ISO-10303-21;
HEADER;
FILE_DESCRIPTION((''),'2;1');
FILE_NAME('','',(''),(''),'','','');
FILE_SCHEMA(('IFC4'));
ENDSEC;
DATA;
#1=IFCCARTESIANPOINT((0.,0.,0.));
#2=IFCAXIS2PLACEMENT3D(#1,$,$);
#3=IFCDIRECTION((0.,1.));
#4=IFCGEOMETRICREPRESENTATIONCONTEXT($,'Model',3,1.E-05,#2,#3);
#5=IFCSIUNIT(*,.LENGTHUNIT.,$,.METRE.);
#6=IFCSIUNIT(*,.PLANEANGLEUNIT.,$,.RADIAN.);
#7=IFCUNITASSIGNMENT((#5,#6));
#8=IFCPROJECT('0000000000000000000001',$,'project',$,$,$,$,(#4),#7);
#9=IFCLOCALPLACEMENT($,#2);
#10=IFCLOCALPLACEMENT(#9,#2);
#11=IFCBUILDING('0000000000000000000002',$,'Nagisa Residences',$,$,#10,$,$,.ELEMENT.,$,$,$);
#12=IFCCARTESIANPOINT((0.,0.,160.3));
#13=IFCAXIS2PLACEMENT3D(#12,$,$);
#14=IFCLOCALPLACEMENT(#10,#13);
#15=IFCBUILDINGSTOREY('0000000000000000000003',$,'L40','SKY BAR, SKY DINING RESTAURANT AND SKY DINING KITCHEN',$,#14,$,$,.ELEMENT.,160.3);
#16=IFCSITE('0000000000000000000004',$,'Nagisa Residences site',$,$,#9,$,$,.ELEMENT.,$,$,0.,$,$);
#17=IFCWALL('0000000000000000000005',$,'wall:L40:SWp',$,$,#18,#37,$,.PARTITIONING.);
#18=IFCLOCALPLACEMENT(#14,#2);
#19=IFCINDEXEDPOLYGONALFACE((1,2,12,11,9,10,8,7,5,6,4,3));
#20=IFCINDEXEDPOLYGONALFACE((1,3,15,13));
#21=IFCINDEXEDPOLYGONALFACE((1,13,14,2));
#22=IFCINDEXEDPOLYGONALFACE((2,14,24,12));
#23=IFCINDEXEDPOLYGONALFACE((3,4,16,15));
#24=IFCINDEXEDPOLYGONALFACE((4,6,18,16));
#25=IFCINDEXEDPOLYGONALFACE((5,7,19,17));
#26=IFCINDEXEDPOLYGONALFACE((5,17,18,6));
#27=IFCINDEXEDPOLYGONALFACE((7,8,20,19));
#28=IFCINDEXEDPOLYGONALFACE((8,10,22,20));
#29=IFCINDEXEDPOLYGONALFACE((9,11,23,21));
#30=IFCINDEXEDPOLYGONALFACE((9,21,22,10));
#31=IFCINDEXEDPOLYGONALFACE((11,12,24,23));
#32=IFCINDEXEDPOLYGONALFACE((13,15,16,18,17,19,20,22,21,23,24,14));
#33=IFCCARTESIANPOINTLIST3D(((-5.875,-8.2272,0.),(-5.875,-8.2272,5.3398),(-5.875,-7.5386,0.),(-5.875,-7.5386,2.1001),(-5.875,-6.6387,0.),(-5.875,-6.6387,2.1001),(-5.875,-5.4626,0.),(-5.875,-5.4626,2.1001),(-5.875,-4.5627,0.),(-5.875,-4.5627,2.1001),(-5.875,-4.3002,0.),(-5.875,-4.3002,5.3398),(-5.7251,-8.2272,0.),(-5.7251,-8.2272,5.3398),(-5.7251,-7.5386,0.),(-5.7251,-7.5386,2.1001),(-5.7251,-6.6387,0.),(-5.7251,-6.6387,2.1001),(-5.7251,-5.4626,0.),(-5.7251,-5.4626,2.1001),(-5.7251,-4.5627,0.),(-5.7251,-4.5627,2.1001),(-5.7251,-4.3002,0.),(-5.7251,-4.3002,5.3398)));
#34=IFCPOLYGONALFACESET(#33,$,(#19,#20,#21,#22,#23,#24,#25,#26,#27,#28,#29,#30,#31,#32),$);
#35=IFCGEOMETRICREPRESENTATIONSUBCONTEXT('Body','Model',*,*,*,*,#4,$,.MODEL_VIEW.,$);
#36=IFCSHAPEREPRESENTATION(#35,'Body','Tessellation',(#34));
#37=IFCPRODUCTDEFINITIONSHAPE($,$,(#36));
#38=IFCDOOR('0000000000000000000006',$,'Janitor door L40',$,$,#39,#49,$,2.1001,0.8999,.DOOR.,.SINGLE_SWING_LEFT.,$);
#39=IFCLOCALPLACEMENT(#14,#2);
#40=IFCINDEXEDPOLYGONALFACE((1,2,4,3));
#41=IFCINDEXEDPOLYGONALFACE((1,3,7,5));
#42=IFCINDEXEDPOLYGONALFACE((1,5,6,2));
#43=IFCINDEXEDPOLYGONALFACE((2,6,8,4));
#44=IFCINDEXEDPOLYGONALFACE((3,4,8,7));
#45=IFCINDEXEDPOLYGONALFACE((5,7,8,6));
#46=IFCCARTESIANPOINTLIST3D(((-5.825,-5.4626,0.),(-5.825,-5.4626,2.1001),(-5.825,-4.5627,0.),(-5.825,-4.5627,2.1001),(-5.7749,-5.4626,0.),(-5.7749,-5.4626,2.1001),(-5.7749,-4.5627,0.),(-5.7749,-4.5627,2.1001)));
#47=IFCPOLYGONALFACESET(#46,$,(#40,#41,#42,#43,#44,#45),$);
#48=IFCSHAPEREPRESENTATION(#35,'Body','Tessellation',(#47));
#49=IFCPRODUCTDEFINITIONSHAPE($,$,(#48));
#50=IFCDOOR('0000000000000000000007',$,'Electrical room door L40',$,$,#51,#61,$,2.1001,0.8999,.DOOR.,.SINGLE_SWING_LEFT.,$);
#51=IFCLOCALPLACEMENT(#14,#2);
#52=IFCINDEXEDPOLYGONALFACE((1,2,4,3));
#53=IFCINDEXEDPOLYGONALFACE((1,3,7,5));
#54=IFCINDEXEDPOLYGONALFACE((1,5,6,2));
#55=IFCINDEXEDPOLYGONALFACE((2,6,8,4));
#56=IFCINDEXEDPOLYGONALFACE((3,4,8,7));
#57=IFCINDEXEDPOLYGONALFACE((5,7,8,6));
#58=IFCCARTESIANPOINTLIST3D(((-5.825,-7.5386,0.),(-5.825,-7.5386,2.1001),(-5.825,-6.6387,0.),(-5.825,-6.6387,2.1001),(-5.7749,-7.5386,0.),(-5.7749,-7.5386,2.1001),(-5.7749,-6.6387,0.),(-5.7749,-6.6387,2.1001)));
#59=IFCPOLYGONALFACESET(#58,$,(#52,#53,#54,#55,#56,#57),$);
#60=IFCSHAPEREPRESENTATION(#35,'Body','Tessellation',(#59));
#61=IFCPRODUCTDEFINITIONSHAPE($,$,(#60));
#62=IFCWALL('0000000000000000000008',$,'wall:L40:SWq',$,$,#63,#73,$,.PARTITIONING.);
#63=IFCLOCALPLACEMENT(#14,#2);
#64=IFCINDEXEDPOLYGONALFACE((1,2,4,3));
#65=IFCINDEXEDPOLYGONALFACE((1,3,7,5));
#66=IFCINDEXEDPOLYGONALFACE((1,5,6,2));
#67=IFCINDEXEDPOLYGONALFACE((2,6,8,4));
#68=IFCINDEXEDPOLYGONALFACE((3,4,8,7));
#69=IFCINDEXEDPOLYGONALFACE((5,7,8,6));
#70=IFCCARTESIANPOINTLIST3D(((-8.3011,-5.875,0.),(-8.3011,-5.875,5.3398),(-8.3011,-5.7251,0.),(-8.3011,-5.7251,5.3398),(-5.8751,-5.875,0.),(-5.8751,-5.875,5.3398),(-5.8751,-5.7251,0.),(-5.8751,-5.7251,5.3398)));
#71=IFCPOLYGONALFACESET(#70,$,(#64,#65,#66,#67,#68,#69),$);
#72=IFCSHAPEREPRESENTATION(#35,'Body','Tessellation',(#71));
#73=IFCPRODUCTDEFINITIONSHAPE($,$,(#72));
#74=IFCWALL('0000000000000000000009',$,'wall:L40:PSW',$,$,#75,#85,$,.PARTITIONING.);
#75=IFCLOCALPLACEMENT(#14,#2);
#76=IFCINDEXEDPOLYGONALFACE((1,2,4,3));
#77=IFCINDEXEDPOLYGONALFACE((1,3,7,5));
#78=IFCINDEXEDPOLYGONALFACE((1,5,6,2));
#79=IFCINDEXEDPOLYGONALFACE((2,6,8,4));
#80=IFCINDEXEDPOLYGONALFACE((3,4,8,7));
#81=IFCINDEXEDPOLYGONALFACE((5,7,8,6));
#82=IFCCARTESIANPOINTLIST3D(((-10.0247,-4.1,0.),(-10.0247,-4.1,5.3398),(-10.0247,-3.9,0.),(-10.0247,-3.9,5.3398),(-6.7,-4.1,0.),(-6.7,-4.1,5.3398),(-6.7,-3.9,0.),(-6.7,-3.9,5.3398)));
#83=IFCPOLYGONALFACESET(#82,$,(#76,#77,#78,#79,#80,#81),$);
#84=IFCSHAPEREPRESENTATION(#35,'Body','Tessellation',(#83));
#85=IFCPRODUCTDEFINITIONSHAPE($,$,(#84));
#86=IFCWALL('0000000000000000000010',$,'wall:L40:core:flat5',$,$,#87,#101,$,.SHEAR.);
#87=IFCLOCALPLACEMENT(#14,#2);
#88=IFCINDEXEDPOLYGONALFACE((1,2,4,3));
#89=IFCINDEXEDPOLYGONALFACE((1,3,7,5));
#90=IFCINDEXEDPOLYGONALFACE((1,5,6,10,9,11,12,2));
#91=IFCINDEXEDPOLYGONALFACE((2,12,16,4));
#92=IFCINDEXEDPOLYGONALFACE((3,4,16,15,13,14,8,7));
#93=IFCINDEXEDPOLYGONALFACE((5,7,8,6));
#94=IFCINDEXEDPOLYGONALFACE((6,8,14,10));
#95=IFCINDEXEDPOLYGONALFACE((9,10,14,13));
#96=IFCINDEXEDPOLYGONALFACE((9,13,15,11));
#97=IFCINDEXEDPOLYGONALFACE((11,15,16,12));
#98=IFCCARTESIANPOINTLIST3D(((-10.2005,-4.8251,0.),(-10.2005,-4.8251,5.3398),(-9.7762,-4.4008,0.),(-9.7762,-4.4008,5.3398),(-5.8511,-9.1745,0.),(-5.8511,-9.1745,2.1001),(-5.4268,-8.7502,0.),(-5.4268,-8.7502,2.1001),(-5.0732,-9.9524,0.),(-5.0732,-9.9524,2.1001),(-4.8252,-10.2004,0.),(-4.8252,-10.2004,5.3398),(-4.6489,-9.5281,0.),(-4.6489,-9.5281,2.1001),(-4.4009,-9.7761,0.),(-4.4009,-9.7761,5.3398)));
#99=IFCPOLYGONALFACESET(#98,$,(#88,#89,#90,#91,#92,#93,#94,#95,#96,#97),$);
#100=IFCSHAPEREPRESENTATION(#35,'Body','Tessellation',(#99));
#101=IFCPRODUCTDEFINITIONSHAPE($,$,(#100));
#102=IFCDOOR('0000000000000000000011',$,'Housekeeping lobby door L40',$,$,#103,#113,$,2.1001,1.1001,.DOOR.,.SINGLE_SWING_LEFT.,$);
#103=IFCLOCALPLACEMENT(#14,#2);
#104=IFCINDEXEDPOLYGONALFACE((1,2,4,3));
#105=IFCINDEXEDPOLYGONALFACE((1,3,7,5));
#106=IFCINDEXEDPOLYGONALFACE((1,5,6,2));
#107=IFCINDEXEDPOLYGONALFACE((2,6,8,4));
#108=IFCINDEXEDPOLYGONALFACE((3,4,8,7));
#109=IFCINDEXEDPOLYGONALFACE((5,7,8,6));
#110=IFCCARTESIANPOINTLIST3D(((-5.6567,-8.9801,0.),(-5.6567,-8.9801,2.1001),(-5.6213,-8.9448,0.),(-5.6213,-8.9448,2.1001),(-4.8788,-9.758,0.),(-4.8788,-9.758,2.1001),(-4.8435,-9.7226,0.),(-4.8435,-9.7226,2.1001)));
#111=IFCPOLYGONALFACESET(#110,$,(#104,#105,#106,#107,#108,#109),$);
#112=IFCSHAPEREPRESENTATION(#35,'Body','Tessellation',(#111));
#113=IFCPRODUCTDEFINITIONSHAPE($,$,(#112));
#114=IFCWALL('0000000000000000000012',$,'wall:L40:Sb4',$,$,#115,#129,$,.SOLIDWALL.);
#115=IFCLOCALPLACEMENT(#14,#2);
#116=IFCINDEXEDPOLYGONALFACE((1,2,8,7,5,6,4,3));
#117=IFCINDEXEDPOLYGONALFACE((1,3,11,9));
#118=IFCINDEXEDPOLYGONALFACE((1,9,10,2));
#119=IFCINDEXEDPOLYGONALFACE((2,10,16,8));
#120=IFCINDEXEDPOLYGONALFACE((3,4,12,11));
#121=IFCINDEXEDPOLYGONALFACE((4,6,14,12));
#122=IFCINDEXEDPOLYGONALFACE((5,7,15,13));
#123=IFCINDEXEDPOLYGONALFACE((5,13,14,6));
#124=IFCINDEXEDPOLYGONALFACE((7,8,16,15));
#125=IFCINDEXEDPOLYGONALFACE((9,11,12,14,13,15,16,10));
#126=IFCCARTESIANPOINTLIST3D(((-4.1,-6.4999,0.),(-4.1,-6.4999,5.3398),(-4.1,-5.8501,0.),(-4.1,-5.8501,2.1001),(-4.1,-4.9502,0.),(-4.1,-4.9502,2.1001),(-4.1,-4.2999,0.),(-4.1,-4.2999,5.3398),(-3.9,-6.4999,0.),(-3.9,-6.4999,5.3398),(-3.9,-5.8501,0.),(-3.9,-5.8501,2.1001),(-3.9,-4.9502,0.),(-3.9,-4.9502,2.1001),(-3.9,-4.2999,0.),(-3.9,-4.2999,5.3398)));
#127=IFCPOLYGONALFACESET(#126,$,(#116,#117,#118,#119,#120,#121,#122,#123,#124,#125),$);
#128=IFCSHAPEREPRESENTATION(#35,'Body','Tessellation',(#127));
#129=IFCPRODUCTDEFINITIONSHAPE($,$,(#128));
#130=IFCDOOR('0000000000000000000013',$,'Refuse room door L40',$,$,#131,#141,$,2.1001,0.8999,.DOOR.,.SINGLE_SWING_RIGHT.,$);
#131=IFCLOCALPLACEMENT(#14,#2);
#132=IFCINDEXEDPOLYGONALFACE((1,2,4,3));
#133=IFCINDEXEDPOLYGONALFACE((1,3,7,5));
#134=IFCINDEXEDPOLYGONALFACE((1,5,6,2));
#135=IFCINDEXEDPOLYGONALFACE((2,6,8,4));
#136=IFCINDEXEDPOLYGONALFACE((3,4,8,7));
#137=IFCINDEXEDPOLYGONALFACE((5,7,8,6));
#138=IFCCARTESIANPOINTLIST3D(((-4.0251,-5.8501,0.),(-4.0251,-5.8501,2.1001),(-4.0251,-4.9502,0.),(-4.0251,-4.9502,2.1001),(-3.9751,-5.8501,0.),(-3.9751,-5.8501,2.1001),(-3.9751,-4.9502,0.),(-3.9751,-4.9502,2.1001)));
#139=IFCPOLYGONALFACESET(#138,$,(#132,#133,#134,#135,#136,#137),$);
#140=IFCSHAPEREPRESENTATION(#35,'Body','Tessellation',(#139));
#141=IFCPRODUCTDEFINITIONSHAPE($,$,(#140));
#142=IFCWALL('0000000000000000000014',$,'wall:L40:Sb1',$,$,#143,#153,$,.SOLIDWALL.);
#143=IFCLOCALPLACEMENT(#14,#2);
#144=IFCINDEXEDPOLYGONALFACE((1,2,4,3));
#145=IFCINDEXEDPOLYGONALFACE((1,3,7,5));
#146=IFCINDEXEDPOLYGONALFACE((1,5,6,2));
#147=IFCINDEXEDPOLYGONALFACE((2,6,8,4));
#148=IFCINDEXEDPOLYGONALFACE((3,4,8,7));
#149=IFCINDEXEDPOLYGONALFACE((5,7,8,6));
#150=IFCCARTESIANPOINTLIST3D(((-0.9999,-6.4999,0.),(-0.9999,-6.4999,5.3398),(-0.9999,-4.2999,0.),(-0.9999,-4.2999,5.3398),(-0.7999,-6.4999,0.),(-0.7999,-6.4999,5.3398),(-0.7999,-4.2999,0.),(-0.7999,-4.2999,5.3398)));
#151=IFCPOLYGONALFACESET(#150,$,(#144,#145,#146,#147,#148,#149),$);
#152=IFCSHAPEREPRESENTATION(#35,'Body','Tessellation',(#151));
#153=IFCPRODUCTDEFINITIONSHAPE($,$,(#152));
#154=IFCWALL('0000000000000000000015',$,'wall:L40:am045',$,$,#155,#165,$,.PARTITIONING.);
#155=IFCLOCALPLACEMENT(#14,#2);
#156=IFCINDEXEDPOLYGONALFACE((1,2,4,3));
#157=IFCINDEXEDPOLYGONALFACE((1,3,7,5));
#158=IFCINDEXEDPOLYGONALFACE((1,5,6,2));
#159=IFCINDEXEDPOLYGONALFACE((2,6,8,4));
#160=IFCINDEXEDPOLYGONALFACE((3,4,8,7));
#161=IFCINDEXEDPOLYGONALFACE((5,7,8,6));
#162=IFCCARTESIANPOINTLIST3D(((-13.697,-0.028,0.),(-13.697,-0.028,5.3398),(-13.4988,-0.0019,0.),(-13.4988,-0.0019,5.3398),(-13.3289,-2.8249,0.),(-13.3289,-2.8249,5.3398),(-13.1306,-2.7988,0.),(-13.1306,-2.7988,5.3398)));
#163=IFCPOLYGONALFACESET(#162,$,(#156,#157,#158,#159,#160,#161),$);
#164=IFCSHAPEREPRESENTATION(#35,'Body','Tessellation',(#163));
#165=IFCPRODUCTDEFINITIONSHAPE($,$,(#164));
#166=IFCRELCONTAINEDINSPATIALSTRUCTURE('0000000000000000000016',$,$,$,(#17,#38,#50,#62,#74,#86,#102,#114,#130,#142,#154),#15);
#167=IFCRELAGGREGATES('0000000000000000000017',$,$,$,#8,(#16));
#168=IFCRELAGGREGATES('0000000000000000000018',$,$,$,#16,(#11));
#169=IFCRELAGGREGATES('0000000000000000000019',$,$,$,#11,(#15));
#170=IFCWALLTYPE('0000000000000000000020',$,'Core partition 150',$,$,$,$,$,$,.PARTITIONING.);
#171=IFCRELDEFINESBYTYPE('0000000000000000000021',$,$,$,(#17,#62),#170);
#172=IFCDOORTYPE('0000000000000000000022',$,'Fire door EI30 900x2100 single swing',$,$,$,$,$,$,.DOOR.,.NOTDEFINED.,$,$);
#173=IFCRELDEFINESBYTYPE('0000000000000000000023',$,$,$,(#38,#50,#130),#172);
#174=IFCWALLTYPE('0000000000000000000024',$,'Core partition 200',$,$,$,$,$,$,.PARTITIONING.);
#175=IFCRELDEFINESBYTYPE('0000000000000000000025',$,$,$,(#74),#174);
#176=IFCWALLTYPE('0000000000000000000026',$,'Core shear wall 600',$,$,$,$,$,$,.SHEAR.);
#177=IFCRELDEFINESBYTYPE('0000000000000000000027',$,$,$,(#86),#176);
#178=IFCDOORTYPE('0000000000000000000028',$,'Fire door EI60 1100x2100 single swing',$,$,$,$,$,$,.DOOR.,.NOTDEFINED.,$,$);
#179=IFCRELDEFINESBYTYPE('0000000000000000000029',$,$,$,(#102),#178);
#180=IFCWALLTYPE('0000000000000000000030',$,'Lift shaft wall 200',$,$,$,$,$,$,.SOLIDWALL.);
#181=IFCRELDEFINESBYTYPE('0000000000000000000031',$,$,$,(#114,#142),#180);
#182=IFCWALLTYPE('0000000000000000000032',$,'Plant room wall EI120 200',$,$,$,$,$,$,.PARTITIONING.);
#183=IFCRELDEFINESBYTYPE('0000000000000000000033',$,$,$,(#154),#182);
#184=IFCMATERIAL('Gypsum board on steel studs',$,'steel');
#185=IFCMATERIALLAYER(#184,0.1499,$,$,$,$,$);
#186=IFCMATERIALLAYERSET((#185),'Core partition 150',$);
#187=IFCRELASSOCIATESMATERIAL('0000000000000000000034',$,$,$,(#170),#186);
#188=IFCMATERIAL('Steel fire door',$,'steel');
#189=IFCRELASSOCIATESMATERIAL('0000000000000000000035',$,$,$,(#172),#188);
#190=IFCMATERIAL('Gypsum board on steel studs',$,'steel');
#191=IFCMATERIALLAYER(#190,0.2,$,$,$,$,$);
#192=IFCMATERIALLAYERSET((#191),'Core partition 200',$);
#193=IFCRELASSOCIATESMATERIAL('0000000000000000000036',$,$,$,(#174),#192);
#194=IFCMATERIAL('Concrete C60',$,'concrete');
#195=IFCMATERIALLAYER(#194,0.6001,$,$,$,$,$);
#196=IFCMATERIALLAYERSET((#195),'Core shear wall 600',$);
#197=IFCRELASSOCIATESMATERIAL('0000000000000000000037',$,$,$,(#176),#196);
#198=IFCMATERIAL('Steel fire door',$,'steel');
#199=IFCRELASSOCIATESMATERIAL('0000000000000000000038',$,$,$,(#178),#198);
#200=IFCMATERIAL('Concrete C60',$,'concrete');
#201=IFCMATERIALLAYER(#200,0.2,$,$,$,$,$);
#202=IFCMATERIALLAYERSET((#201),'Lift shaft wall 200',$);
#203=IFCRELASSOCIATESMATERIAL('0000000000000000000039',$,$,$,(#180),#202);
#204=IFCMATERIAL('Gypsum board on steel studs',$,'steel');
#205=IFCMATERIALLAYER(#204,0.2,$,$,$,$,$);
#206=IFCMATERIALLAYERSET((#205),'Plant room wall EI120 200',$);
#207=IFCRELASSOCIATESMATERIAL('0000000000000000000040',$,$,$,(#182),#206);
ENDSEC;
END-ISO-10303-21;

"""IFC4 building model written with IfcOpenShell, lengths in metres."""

from ifc_helpers import new_model, si_unit, direction, frame, frame_2d, origin, place, context, subcontext, project, spatial, rectangle, extrude, material, layer, layer_set, type_object, element, fill, save


model = new_model("IFC4")

# Units and contexts
model_context = context("Model", 3, precision=1e-05, world=origin(), true_north=direction((0.0, 1.0)))
body_context = subcontext(model_context, "Body", "Model", "MODEL_VIEW")
ifc_project = project(units=[si_unit("LENGTHUNIT", "METRE"), si_unit("PLANEANGLEUNIT", "RADIAN")], contexts=[model_context])

# Site, building, storey
site_placement = place(None, origin())
site = spatial("IfcSite", under=ifc_project, at=site_placement, Name="Nagisa Residences site", CompositionType="ELEMENT", RefElevation=0.0)
building_placement = place(site_placement, origin())
building = spatial("IfcBuilding", under=site, at=building_placement, Name="Nagisa Residences", CompositionType="ELEMENT")
storey_placement = place(building_placement, frame((0.0, 0.0, 160.3)))
storey = spatial("IfcBuildingStorey", under=building, at=storey_placement, Name="L40", Description="SKY BAR, SKY DINING RESTAURANT AND SKY DINING KITCHEN", CompositionType="ELEMENT", Elevation=160.3)

# Wall, openings, doors
ifc_material_1 = material(Name="Gypsum board on steel studs", Category="steel")
ifc_layer_1 = layer(ifc_material_1, 0.1499)
ifc_layer_set_1 = layer_set([ifc_layer_1], Name="Core partition 150")
wall_type_1 = type_object("IfcWallType", Name="Core partition 150", PredefinedType="PARTITIONING", material=ifc_layer_set_1)
wall_1_placement = place(storey_placement, frame((-5.8, -8.2271, 0.0), z_axis=(0.0, 0.0, 1.0), x_axis=(0.0, 1.0, 0.0)))
wall_1 = element("IfcWall", 1, at=wall_1_placement, inside=storey, type_object=wall_type_1, Name="wall:L40:SWp", PredefinedType="PARTITIONING", context=body_context, shape_type="SweptSolid", body=[
    extrude(rectangle(XDim=3.927, YDim=0.1499, at=frame_2d((1.9634, 0.0))), origin(), (0.0, 0.0, 1.0), 5.3398),
])
opening_1_placement = place(wall_1_placement, frame((2.7644, 0.0, 0.0)))
opening_1 = element("IfcOpeningElement", 2, at=opening_1_placement, cuts=wall_1, PredefinedType="OPENING", context=body_context, shape_type="SweptSolid", body=[
    extrude(rectangle(XDim=0.8999, YDim=2.1001, at=frame_2d((0.45, 1.05))), frame((0.0, 0.085, 0.0), z_axis=(0.0, -1.0, 0.0), x_axis=(1.0, 0.0, 0.0)), (0.0, 0.0, 1.0), 0.1699),
])
opening_2_placement = place(wall_1_placement, frame((0.6885, 0.0, 0.0)))
opening_2 = element("IfcOpeningElement", 3, at=opening_2_placement, cuts=wall_1, PredefinedType="OPENING", context=body_context, shape_type="SweptSolid", body=[
    extrude(rectangle(XDim=0.8999, YDim=2.1001, at=frame_2d((0.45, 1.05))), frame((0.0, 0.085, 0.0), z_axis=(0.0, -1.0, 0.0), x_axis=(1.0, 0.0, 0.0)), (0.0, 0.0, 1.0), 0.1699),
])
ifc_material_2 = material(Name="Steel fire door", Category="steel")
door_type_1 = type_object("IfcDoorType", Name="Fire door EI30 900x2100 single swing", OperationType="NOTDEFINED", PredefinedType="DOOR", material=ifc_material_2)
door_1_placement = place(opening_1_placement, origin())
door_1 = element("IfcDoor", 4, at=door_1_placement, inside=storey, type_object=door_type_1, Name="Janitor door L40", OperationType="SINGLE_SWING_LEFT", OverallHeight=2.1001, OverallWidth=0.8999, PredefinedType="DOOR", context=body_context, shape_type="SweptSolid", body=[
    extrude(rectangle(XDim=0.8999, YDim=2.1001, at=frame_2d((0.45, 1.05))), frame((0.0, 0.0249, 0.0), z_axis=(0.0, -1.0, 0.0), x_axis=(1.0, 0.0, 0.0)), (0.0, 0.0, 1.0), 0.05),
])
fill(opening_1, door_1)
door_2_placement = place(opening_2_placement, origin())
door_2 = element("IfcDoor", 5, at=door_2_placement, inside=storey, type_object=door_type_1, Name="Electrical room door L40", OperationType="SINGLE_SWING_LEFT", OverallHeight=2.1001, OverallWidth=0.8999, PredefinedType="DOOR", context=body_context, shape_type="SweptSolid", body=[
    extrude(rectangle(XDim=0.8999, YDim=2.1001, at=frame_2d((0.45, 1.05))), frame((0.0, 0.0249, 0.0), z_axis=(0.0, -1.0, 0.0), x_axis=(1.0, 0.0, 0.0)), (0.0, 0.0, 1.0), 0.05),
])
fill(opening_2, door_2)

# Walls
wall_2_placement = place(storey_placement, frame((-8.301, -5.8, 0.0), z_axis=(0.0, 0.0, 1.0), x_axis=(1.0, 0.0, 0.0)))
element("IfcWall", 6, at=wall_2_placement, inside=storey, type_object=wall_type_1, Name="wall:L40:SWq", PredefinedType="PARTITIONING", context=body_context, shape_type="SweptSolid", body=[
    extrude(rectangle(XDim=2.426, YDim=0.1499, at=frame_2d((1.2129, 0.0))), origin(), (0.0, 0.0, 1.0), 5.3398),
])
ifc_material_3 = material(Name="Gypsum board on steel studs", Category="steel")
ifc_layer_2 = layer(ifc_material_3, 0.2)
ifc_layer_set_2 = layer_set([ifc_layer_2], Name="Core partition 200")
wall_type_2 = type_object("IfcWallType", Name="Core partition 200", PredefinedType="PARTITIONING", material=ifc_layer_set_2)
wall_3_placement = place(storey_placement, frame((-10.0247, -4.0, 0.0), z_axis=(0.0, 0.0, 1.0), x_axis=(1.0, 0.0, 0.0)))
element("IfcWall", 7, at=wall_3_placement, inside=storey, type_object=wall_type_2, Name="wall:L40:PSW", PredefinedType="PARTITIONING", context=body_context, shape_type="SweptSolid", body=[
    extrude(rectangle(XDim=3.3247, YDim=0.2, at=frame_2d((1.6624, 0.0))), origin(), (0.0, 0.0, 1.0), 5.3398),
])

# Walls, openings, doors
ifc_material_4 = material(Name="Concrete C60", Category="concrete")
ifc_layer_3 = layer(ifc_material_4, 0.6001)
ifc_layer_set_3 = layer_set([ifc_layer_3], Name="Core shear wall 600")
wall_type_3 = type_object("IfcWallType", Name="Core shear wall 600", PredefinedType="SHEAR", material=ifc_layer_set_3)
wall_4_placement = place(storey_placement, frame((-9.9883, -4.613, 0.0), z_axis=(0.0, 0.0, 1.0), x_axis=(0.707107, -0.707107, 0.0)))
wall_4 = element("IfcWall", 8, at=wall_4_placement, inside=storey, type_object=wall_type_3, Name="wall:L40:core:flat5", PredefinedType="SHEAR", context=body_context, shape_type="SweptSolid", body=[
    extrude(rectangle(XDim=7.6018, YDim=0.6001, at=frame_2d((3.8008, 0.0))), origin(), (0.0, 0.0, 1.0), 5.3398),
])
opening_3_placement = place(wall_4_placement, frame((6.1509, 0.0, 0.0)))
opening_3 = element("IfcOpeningElement", 9, at=opening_3_placement, cuts=wall_4, PredefinedType="OPENING", context=body_context, shape_type="SweptSolid", body=[
    extrude(rectangle(XDim=1.1001, YDim=2.1001, at=frame_2d((0.55, 1.05))), frame((0.0, 0.3101, 0.0), z_axis=(0.0, -1.0, 0.0), x_axis=(1.0, 0.0, 0.0)), (0.0, 0.0, 1.0), 0.6201),
])
ifc_material_5 = material(Name="Steel fire door", Category="steel")
door_type_2 = type_object("IfcDoorType", Name="Fire door EI60 1100x2100 single swing", OperationType="NOTDEFINED", PredefinedType="DOOR", material=ifc_material_5)
door_3_placement = place(opening_3_placement, origin())
door_3 = element("IfcDoor", 10, at=door_3_placement, inside=storey, type_object=door_type_2, Name="Housekeeping lobby door L40", OperationType="SINGLE_SWING_LEFT", OverallHeight=2.1001, OverallWidth=1.1001, PredefinedType="DOOR", context=body_context, shape_type="SweptSolid", body=[
    extrude(rectangle(XDim=1.1001, YDim=2.1001, at=frame_2d((0.55, 1.05))), frame((0.0, 0.0249, 0.0), z_axis=(0.0, -1.0, 0.0), x_axis=(1.0, 0.0, 0.0)), (0.0, 0.0, 1.0), 0.05),
])
fill(opening_3, door_3)
ifc_material_6 = material(Name="Concrete C60", Category="concrete")
ifc_layer_4 = layer(ifc_material_6, 0.2)
ifc_layer_set_4 = layer_set([ifc_layer_4], Name="Lift shaft wall 200")
wall_type_4 = type_object("IfcWallType", Name="Lift shaft wall 200", PredefinedType="SOLIDWALL", material=ifc_layer_set_4)
wall_5_placement = place(storey_placement, frame((-4.0, -6.5, 0.0), z_axis=(0.0, 0.0, 1.0), x_axis=(0.0, 1.0, 0.0)))
wall_5 = element("IfcWall", 11, at=wall_5_placement, inside=storey, type_object=wall_type_4, Name="wall:L40:Sb4", PredefinedType="SOLIDWALL", context=body_context, shape_type="SweptSolid", body=[
    extrude(rectangle(XDim=2.2, YDim=0.2, at=frame_2d((1.1001, 0.0))), origin(), (0.0, 0.0, 1.0), 5.3398),
])
opening_4_placement = place(wall_5_placement, frame((0.6499, 0.0, 0.0)))
opening_4 = element("IfcOpeningElement", 12, at=opening_4_placement, cuts=wall_5, PredefinedType="OPENING", context=body_context, shape_type="SweptSolid", body=[
    extrude(rectangle(XDim=0.8999, YDim=2.1001, at=frame_2d((0.45, 1.05))), frame((0.0, 0.1099, 0.0), z_axis=(0.0, -1.0, 0.0), x_axis=(1.0, 0.0, 0.0)), (0.0, 0.0, 1.0), 0.22),
])
door_4_placement = place(opening_4_placement, frame((0.8999, 0.0, 0.0), x_axis=(-1.0, 0.0, 0.0)))
door_4 = element("IfcDoor", 13, at=door_4_placement, inside=storey, type_object=door_type_1, Name="Refuse room door L40", OperationType="SINGLE_SWING_RIGHT", OverallHeight=2.1001, OverallWidth=0.8999, PredefinedType="DOOR", context=body_context, shape_type="SweptSolid", body=[
    extrude(rectangle(XDim=0.8999, YDim=2.1001, at=frame_2d((0.45, 1.05))), frame((0.0, 0.0249, 0.0), z_axis=(0.0, -1.0, 0.0), x_axis=(1.0, 0.0, 0.0)), (0.0, 0.0, 1.0), 0.05),
])
fill(opening_4, door_4)

# Walls
wall_6_placement = place(storey_placement, frame((-0.8999, -6.5, 0.0), z_axis=(0.0, 0.0, 1.0), x_axis=(0.0, 1.0, 0.0)))
element("IfcWall", 14, at=wall_6_placement, inside=storey, type_object=wall_type_4, Name="wall:L40:Sb1", PredefinedType="SOLIDWALL", context=body_context, shape_type="SweptSolid", body=[
    extrude(rectangle(XDim=2.2, YDim=0.2, at=frame_2d((1.1001, 0.0))), origin(), (0.0, 0.0, 1.0), 5.3398),
])
ifc_material_7 = material(Name="Gypsum board on steel studs", Category="steel")
ifc_layer_5 = layer(ifc_material_7, 0.2)
ifc_layer_set_5 = layer_set([ifc_layer_5], Name="Plant room wall EI120 200")
wall_type_5 = type_object("IfcWallType", Name="Plant room wall EI120 200", PredefinedType="PARTITIONING", material=ifc_layer_set_5)
wall_7_placement = place(storey_placement, frame((-13.2297, -2.812, 0.0), z_axis=(0.0, 0.0, 1.0), x_axis=(-0.130508, 0.991447, 0.0)))
element("IfcWall", 15, at=wall_7_placement, inside=storey, type_object=wall_type_5, Name="wall:L40:am045", PredefinedType="PARTITIONING", context=body_context, shape_type="SweptSolid", body=[
    extrude(rectangle(XDim=2.821, YDim=0.2, at=frame_2d((1.4106, 0.0))), origin(), (0.0, 0.0, 1.0), 5.3398),
])

save(model, "model.ifc")
